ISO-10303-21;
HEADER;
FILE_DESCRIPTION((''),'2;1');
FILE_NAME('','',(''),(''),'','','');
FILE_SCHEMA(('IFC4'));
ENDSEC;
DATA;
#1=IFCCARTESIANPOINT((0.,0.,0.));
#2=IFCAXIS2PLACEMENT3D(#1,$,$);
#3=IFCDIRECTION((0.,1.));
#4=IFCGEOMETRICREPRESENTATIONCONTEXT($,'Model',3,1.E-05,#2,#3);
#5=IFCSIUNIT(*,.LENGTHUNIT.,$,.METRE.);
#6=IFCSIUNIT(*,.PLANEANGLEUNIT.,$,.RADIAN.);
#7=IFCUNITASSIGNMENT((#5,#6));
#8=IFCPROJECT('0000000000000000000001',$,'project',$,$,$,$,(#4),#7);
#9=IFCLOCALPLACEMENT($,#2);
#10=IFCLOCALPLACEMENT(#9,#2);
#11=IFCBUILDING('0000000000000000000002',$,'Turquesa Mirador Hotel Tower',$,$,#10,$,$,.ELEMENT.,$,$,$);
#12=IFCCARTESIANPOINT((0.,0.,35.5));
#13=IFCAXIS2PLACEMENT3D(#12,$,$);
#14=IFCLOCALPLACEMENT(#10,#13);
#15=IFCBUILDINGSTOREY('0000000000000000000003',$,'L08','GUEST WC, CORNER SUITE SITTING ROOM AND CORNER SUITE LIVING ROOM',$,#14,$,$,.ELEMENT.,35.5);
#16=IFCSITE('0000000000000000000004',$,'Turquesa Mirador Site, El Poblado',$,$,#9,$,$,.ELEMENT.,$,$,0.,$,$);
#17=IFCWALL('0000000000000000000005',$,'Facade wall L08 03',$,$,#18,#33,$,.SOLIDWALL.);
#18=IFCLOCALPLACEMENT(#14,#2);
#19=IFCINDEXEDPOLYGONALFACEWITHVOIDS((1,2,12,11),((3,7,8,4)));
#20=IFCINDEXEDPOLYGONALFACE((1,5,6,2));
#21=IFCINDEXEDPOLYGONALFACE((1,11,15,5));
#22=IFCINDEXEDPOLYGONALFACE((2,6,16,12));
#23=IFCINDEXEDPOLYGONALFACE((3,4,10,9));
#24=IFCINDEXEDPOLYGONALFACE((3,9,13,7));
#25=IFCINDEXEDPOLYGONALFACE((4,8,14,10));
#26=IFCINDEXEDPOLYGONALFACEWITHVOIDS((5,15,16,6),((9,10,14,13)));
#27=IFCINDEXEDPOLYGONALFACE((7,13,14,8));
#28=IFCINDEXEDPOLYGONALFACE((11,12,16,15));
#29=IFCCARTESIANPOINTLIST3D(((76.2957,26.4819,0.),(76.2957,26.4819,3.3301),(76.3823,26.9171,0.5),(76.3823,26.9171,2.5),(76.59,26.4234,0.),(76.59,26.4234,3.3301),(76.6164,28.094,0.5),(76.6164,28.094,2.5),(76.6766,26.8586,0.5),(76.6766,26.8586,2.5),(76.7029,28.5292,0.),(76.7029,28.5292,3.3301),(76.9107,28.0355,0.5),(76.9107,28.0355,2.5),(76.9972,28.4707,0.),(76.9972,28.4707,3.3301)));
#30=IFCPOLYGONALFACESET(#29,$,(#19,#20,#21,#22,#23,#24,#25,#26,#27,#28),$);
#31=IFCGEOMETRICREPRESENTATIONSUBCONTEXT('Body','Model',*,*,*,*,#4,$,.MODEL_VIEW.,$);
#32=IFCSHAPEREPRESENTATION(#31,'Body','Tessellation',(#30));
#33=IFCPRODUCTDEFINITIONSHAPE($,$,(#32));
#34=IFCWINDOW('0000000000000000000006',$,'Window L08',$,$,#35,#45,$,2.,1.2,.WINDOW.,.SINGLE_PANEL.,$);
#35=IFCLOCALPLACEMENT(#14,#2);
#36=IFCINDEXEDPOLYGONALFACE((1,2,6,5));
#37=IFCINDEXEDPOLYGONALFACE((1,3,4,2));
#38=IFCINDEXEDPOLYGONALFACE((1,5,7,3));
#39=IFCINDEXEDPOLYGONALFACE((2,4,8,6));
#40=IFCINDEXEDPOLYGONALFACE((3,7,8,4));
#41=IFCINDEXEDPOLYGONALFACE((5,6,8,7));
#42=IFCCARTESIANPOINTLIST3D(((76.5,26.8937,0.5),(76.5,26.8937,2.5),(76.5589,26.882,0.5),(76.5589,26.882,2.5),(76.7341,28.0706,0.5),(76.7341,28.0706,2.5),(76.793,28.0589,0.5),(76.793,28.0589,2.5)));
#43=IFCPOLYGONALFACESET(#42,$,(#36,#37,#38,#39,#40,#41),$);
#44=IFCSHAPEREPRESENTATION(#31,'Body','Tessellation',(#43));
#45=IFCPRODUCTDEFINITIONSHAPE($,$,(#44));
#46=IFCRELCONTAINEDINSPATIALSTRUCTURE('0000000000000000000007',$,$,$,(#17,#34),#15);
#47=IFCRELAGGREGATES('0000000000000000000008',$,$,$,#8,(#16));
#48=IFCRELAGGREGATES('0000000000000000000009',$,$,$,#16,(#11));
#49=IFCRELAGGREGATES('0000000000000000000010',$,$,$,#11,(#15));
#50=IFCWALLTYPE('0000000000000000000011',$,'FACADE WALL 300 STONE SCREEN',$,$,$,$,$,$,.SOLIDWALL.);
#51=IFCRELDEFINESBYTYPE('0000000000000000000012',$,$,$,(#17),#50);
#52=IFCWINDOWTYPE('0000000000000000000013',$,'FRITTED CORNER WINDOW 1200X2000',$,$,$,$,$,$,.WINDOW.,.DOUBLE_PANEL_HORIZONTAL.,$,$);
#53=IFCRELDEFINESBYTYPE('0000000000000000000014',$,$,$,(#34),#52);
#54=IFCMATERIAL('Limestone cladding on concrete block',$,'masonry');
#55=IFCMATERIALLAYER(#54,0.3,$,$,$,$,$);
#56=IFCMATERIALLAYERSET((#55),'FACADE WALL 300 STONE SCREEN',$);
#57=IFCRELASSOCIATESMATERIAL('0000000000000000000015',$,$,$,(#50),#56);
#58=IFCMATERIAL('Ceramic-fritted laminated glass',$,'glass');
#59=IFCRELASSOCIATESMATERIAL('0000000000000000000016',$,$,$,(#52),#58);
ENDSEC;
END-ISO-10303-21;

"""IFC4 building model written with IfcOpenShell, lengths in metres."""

from ifc_helpers import new_model, si_unit, direction, frame, frame_2d, origin, place, context, subcontext, project, spatial, rectangle, extrude, material, layer, layer_set, type_object, element, fill, save


model = new_model("IFC4")

# Units and contexts
model_context = context("Model", 3, precision=1e-05, world=origin(), true_north=direction((0.0, 1.0)))
body_context = subcontext(model_context, "Body", "Model", "MODEL_VIEW")
ifc_project = project(units=[si_unit("LENGTHUNIT", "METRE"), si_unit("PLANEANGLEUNIT", "RADIAN")], contexts=[model_context])

# Site, building, storey
site_placement = place(None, origin())
site = spatial("IfcSite", under=ifc_project, at=site_placement, Name="Turquesa Mirador Site, El Poblado", CompositionType="ELEMENT", RefElevation=0.0)
building_placement = place(site_placement, origin())
building = spatial("IfcBuilding", under=site, at=building_placement, Name="Turquesa Mirador Hotel Tower", CompositionType="ELEMENT")
storey_placement = place(building_placement, frame((0.0, 0.0, 35.5)))
storey = spatial("IfcBuildingStorey", under=building, at=storey_placement, Name="L08", Description="GUEST WC, CORNER SUITE SITTING ROOM AND CORNER SUITE LIVING ROOM", CompositionType="ELEMENT", Elevation=35.5)

# Wall, opening, window
ifc_material_1 = material(Name="Limestone cladding on concrete block", Category="masonry")
ifc_layer = layer(ifc_material_1, 0.3)
ifc_layer_set = layer_set([ifc_layer], Name="FACADE WALL 300 STONE SCREEN")
wall_type = type_object("IfcWallType", Name="FACADE WALL 300 STONE SCREEN", PredefinedType="SOLIDWALL", material=ifc_layer_set)
ifc_material_2 = material(Name="Ceramic-fritted laminated glass", Category="glass")
window_type_1 = type_object("IfcWindowType", Name="FRITTED CORNER WINDOW 1200X2000", PartitioningType="DOUBLE_PANEL_HORIZONTAL", PredefinedType="WINDOW", material=ifc_material_2)
wall_1_placement = place(storey_placement, frame((76.4429, 26.4526, 0.0), z_axis=(0.0, 0.0, 1.0), x_axis=(0.195081, 0.980787, 0.0)))
wall_1 = element("IfcWall", 1, at=wall_1_placement, inside=storey, type_object=wall_type, Name="Facade wall L08 03", PredefinedType="SOLIDWALL", context=body_context, shape_type="SweptSolid", body=[
    extrude(rectangle(XDim=2.0874, YDim=0.3, at=frame_2d((1.0437, 0.0))), origin(), (0.0, 0.0, 1.0), 3.3301),
])
opening_1_placement = place(wall_1_placement, frame((0.4436, 0.0, 0.5)))
opening_1 = element("IfcOpeningElement", 2, at=opening_1_placement, cuts=wall_1, PredefinedType="OPENING", context=body_context, shape_type="SweptSolid", body=[
    extrude(rectangle(XDim=1.2, YDim=2.0, at=frame_2d((0.6001, 1.0))), frame((0.0, 0.1599, 0.0), z_axis=(0.0, -1.0, 0.0), x_axis=(1.0, 0.0, 0.0)), (0.0, 0.0, 1.0), 0.3201),
])
window_1_placement = place(opening_1_placement, origin())
window_1 = element("IfcWindow", 3, at=window_1_placement, inside=storey, type_object=window_type_1, Name="Window L08", OverallHeight=2.0, OverallWidth=1.2, PartitioningType="SINGLE_PANEL", PredefinedType="WINDOW", context=body_context, shape_type="SweptSolid", body=[
    extrude(rectangle(XDim=1.2, YDim=2.0, at=frame_2d((0.6001, 1.0))), frame((0.0, 0.03, 0.0), z_axis=(0.0, -1.0, 0.0), x_axis=(1.0, 0.0, 0.0)), (0.0, 0.0, 1.0), 0.0601),
])
fill(opening_1, window_1)

save(model, "model.ifc")
